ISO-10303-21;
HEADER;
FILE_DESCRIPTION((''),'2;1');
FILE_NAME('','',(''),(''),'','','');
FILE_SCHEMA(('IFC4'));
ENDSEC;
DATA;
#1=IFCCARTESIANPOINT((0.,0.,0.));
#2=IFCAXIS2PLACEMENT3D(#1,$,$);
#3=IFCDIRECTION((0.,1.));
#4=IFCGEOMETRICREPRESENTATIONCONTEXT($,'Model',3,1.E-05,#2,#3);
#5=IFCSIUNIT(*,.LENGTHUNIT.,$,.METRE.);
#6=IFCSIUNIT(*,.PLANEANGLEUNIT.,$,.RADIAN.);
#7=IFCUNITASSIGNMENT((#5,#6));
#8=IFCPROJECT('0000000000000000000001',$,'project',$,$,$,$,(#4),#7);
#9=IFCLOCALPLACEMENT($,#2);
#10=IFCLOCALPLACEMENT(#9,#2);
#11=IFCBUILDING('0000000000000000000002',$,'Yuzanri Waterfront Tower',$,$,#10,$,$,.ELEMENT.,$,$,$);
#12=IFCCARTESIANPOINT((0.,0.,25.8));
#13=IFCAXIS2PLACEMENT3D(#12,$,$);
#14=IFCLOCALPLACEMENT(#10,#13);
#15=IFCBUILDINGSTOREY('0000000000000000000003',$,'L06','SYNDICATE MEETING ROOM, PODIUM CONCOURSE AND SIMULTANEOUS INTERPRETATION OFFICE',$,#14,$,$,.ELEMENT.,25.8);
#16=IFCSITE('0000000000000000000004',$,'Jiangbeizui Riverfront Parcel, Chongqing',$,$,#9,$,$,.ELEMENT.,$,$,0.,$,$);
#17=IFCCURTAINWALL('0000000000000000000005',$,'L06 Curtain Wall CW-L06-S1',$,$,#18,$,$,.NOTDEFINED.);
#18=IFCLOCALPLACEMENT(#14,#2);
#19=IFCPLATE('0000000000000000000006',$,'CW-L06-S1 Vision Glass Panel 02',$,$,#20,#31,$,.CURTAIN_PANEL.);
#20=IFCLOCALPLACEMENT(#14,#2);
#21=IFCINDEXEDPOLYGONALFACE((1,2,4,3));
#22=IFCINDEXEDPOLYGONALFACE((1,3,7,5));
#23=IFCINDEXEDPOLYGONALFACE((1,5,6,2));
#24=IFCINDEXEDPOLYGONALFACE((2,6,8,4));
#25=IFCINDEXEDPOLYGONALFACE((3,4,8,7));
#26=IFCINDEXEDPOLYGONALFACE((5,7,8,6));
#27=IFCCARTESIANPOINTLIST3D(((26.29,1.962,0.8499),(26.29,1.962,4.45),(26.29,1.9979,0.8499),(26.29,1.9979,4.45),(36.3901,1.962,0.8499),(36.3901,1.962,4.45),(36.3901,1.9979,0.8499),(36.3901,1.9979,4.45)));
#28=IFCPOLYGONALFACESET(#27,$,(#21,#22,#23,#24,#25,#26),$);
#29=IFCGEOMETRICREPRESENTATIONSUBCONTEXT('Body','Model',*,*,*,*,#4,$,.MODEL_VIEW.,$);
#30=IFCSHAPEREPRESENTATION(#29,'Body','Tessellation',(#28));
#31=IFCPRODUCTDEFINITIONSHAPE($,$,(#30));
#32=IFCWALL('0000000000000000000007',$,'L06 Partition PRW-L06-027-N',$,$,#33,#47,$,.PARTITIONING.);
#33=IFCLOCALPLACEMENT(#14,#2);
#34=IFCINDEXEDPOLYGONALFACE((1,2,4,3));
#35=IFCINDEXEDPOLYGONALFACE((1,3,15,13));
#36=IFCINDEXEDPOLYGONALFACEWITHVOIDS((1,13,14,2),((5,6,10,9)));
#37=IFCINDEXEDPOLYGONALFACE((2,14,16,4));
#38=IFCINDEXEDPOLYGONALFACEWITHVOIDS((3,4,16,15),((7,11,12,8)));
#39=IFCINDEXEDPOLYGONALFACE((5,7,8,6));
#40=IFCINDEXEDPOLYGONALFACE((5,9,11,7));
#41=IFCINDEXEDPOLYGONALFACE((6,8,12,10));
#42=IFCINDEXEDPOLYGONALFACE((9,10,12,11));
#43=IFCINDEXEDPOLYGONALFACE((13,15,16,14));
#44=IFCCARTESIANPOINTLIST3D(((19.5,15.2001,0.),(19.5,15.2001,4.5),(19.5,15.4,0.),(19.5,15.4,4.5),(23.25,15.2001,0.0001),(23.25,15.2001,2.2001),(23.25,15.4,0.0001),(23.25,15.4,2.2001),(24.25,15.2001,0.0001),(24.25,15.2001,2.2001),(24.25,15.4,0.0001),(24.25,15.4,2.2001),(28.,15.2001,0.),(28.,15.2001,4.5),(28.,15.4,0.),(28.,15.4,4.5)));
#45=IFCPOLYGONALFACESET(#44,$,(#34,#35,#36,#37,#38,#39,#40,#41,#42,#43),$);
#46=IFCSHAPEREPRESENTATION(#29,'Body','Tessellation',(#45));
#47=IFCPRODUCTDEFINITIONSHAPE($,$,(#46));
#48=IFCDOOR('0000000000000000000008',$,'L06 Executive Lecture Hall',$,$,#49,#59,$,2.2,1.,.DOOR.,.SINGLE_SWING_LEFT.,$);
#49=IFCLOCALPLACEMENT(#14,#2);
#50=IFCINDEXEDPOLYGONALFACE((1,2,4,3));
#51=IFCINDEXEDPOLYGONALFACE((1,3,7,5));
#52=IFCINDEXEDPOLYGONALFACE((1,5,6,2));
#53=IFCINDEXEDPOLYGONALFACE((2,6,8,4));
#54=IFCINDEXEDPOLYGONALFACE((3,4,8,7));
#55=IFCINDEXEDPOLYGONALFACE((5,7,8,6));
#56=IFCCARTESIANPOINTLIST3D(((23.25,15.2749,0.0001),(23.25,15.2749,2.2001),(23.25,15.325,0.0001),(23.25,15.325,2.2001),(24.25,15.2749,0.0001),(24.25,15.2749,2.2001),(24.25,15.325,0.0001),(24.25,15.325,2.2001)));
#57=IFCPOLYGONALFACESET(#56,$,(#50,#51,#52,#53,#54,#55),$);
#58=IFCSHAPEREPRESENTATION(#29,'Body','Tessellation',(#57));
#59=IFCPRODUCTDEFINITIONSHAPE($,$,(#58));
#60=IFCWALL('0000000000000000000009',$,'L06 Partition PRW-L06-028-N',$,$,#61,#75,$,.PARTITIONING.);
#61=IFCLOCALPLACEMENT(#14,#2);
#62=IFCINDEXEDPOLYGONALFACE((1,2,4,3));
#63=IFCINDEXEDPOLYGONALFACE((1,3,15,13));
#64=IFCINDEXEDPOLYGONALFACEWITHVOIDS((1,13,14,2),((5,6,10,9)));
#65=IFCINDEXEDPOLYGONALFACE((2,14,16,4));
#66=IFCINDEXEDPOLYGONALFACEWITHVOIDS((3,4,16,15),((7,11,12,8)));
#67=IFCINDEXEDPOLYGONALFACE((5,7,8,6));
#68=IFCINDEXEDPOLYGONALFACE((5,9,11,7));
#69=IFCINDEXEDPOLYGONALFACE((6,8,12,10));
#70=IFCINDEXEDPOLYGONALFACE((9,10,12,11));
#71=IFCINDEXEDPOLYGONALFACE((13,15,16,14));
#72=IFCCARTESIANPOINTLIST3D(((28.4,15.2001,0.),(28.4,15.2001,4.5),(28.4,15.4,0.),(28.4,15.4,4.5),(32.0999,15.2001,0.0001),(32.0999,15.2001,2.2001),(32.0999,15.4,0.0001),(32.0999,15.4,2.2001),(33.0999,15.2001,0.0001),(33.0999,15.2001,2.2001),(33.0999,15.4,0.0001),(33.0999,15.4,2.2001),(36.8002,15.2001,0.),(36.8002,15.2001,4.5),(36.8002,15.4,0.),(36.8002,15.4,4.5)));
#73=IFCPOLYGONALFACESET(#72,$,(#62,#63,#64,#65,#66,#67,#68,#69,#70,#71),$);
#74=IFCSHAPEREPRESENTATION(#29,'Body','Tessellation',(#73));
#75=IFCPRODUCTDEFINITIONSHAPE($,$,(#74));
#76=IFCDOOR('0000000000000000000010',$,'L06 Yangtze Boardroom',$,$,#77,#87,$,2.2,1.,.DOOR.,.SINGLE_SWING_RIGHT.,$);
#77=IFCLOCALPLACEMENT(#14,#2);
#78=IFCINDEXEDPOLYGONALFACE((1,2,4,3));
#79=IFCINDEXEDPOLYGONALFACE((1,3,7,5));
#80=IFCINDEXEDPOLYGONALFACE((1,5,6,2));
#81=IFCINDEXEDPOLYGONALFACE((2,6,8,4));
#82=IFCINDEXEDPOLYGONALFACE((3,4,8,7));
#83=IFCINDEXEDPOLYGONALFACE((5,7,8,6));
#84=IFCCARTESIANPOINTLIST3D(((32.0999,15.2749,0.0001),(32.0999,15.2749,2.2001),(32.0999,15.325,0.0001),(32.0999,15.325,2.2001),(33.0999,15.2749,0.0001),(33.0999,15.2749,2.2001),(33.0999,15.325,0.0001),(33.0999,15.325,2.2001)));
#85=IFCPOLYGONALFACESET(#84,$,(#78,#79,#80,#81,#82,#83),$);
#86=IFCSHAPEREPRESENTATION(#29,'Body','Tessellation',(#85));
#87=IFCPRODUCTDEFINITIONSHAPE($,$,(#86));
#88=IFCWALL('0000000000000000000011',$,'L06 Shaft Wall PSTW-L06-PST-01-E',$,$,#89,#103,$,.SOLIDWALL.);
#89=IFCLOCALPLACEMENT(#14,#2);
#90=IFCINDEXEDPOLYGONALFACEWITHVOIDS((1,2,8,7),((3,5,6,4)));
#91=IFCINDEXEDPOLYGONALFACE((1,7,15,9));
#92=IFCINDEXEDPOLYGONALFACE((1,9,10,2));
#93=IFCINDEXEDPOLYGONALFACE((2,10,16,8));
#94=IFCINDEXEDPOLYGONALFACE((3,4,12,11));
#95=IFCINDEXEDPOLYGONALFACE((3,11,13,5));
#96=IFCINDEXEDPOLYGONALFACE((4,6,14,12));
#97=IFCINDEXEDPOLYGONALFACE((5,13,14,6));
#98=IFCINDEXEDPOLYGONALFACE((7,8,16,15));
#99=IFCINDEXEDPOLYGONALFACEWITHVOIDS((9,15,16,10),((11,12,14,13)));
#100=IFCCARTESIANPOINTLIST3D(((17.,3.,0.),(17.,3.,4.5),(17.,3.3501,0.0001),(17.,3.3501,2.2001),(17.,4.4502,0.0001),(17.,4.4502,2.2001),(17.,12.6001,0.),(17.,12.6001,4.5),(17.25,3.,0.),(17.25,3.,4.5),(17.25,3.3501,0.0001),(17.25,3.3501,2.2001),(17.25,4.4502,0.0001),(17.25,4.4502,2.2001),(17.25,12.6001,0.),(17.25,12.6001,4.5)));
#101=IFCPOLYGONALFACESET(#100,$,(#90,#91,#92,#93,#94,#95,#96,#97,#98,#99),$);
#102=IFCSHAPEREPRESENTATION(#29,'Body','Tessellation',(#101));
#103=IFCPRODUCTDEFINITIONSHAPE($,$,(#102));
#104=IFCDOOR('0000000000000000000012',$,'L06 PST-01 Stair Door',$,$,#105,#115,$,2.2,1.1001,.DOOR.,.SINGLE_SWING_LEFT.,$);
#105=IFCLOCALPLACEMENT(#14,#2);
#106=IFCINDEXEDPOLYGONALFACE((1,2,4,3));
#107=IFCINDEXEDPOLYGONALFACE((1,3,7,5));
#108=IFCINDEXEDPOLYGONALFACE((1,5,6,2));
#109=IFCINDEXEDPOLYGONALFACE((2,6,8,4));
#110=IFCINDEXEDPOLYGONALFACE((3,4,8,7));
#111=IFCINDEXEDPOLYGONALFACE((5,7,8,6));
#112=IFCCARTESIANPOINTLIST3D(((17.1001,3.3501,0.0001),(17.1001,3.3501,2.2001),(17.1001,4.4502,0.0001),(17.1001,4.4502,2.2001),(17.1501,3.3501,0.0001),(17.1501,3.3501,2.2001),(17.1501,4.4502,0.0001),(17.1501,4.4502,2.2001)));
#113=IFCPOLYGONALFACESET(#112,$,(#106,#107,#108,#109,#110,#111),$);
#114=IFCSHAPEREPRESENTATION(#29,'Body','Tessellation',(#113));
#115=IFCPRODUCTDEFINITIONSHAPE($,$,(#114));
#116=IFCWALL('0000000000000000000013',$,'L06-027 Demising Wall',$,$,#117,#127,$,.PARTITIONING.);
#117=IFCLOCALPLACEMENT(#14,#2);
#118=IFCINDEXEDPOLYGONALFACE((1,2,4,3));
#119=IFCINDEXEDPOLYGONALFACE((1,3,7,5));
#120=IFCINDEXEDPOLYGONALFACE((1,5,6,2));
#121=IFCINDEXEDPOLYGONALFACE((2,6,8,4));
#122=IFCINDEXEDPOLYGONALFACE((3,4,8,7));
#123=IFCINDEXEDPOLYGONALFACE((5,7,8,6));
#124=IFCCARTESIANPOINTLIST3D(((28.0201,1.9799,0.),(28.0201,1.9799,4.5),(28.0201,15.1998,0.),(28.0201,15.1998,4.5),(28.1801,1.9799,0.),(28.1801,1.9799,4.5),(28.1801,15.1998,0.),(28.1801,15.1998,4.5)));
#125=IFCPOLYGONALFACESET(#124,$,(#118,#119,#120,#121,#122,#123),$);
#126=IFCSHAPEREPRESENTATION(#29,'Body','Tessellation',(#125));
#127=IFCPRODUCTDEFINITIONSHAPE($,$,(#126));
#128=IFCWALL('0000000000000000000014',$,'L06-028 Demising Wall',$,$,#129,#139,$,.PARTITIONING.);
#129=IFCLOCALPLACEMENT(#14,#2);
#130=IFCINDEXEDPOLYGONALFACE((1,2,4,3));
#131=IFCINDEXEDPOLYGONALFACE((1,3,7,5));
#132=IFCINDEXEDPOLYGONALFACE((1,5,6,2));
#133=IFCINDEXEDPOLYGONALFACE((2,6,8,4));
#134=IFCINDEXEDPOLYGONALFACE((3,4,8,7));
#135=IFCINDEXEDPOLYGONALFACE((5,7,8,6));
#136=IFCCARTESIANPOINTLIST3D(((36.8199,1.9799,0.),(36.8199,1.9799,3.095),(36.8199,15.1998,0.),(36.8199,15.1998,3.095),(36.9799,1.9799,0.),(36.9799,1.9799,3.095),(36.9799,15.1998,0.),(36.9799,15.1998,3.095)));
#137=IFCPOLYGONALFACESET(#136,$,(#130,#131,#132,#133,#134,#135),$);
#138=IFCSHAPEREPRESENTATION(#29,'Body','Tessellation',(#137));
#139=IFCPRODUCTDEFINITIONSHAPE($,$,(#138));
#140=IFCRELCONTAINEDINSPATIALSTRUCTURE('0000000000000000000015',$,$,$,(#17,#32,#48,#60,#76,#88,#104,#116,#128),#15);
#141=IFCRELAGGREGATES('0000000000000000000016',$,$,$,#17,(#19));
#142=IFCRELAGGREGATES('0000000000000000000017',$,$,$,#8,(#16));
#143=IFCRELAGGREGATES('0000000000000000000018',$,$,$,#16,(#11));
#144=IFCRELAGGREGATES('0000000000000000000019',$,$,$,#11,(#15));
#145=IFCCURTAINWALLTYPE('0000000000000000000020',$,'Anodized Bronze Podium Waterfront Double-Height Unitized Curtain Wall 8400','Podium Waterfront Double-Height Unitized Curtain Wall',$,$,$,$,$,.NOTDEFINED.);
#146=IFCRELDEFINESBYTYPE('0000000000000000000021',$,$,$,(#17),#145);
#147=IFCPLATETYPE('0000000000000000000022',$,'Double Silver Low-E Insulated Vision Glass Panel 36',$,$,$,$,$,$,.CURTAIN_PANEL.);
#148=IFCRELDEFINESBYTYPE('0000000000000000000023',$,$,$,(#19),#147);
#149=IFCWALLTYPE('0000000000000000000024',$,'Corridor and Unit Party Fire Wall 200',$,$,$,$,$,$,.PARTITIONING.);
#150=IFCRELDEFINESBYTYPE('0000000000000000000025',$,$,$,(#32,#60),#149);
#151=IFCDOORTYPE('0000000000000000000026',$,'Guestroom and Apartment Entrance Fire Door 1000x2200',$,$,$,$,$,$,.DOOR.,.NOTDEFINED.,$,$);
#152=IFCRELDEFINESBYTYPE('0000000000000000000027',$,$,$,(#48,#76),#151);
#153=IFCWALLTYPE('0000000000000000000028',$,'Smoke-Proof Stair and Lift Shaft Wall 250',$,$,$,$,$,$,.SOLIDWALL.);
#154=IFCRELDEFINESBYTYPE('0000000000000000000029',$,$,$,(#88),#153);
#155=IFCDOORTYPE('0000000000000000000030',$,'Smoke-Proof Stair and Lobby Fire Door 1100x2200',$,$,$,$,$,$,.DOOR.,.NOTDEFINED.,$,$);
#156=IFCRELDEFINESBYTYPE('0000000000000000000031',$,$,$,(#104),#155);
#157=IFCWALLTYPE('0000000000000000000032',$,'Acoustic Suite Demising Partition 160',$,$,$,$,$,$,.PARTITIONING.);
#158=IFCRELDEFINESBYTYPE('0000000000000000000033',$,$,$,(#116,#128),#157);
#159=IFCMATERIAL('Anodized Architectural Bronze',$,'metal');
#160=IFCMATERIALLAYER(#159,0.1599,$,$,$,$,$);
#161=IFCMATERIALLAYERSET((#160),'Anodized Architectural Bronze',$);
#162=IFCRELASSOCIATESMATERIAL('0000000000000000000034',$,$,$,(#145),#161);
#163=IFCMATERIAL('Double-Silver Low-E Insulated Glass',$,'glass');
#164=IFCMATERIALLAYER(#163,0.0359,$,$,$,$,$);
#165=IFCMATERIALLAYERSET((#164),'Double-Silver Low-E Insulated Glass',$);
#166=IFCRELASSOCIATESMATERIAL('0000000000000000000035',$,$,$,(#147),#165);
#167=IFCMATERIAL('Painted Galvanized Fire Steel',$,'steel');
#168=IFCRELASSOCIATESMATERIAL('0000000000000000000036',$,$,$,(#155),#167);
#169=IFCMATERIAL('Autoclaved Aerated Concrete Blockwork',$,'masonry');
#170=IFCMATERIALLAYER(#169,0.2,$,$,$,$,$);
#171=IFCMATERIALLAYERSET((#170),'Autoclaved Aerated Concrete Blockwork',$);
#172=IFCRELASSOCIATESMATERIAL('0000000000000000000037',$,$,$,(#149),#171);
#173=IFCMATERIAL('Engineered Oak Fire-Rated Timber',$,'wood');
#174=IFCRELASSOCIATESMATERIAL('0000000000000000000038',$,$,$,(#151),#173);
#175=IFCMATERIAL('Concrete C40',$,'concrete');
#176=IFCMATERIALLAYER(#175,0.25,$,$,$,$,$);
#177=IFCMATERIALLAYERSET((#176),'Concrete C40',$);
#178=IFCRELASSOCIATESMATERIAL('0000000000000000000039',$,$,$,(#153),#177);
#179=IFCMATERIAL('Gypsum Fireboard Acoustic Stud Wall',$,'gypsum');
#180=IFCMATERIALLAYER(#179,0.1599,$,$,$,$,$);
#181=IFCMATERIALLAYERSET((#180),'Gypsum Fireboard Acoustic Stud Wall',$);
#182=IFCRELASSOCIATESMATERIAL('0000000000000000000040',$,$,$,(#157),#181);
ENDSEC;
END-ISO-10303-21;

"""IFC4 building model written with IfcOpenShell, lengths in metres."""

from ifc_helpers import new_model, si_unit, direction, frame, frame_2d, origin, origin_2d, place, context, subcontext, project, spatial, rectangle, extrude, source, transform, mapped, material, layer, layer_set, type_object, element, fill, aggregate, save


model = new_model("IFC4")

# Units and contexts
model_context = context("Model", 3, precision=1e-05, world=origin(), true_north=direction((0.0, 1.0)))
body_context = subcontext(model_context, "Body", "Model", "MODEL_VIEW")
ifc_project = project(units=[si_unit("LENGTHUNIT", "METRE"), si_unit("PLANEANGLEUNIT", "RADIAN")], contexts=[model_context])

# Site, building, storey
site_placement = place(None, origin())
site = spatial("IfcSite", under=ifc_project, at=site_placement, Name="Jiangbeizui Riverfront Parcel, Chongqing", CompositionType="ELEMENT", RefElevation=0.0)
building_placement = place(site_placement, origin())
building = spatial("IfcBuilding", under=site, at=building_placement, Name="Yuzanri Waterfront Tower", CompositionType="ELEMENT")
storey_placement = place(building_placement, frame((0.0, 0.0, 25.8)))
storey = spatial("IfcBuildingStorey", under=building, at=storey_placement, Name="L06", Description="SYNDICATE MEETING ROOM, PODIUM CONCOURSE AND SIMULTANEOUS INTERPRETATION OFFICE", CompositionType="ELEMENT", Elevation=25.8)

# Curtain wall, plate
ifc_material_1 = material(Name="Anodized Architectural Bronze", Category="metal")
ifc_layer_1 = layer(ifc_material_1, 0.1599)
ifc_layer_set_1 = layer_set([ifc_layer_1], Name="Anodized Architectural Bronze")
curtain_wall_type = type_object("IfcCurtainWallType", Name="Anodized Bronze Podium Waterfront Double-Height Unitized Curtain Wall 8400", Description="Podium Waterfront Double-Height Unitized Curtain Wall", PredefinedType="NOTDEFINED", material=ifc_layer_set_1)
curtain_wall_placement = place(storey_placement, origin())
curtain_wall = element("IfcCurtainWall", 1, at=curtain_wall_placement, inside=storey, type_object=curtain_wall_type, Name="L06 Curtain Wall CW-L06-S1", PredefinedType="NOTDEFINED")
ifc_material_2 = material(Name="Double-Silver Low-E Insulated Glass", Category="glass")
ifc_layer_2 = layer(ifc_material_2, 0.0359)
ifc_layer_set_2 = layer_set([ifc_layer_2], Name="Double-Silver Low-E Insulated Glass")
plate_type_1 = type_object("IfcPlateType", Name="Double Silver Low-E Insulated Vision Glass Panel 36", PredefinedType="CURTAIN_PANEL", material=ifc_layer_set_2)
shared_shape_1 = source(origin(), body_context, "Body", "SweptSolid", [
    extrude(rectangle(XDim=10.1001, YDim=0.0359, at=origin_2d()), origin(), (0.0, 0.0, 1.0), 3.6001),
])
plate_1_placement = place(storey_placement, frame((31.3401, 1.98, 0.8499), z_axis=(0.0, 0.0, 1.0), x_axis=(1.0, 0.0, 0.0)))
plate_1 = element("IfcPlate", 2, at=plate_1_placement, type_object=plate_type_1, Name="CW-L06-S1 Vision Glass Panel 02", PredefinedType="CURTAIN_PANEL", context=body_context, shape_type="MappedRepresentation", body=[
    mapped(shared_shape_1, transform((0.0, 0.0, 0.0), scale=1.0)),
])
aggregate(curtain_wall, [plate_1])

# Shared definitions
ifc_material_3 = material(Name="Painted Galvanized Fire Steel", Category="steel")
door_type_1 = type_object("IfcDoorType", Name="Smoke-Proof Stair and Lobby Fire Door 1100x2200", OperationType="NOTDEFINED", PredefinedType="DOOR", material=ifc_material_3)
shared_shape_2 = source(origin(), body_context, "Body", "SweptSolid", [
    extrude(rectangle(XDim=1.1001, YDim=2.2, at=frame_2d((0.55, 1.1001))), frame((0.0, 0.0249, 0.0), z_axis=(0.0, -1.0, 0.0), x_axis=(1.0, 0.0, 0.0)), (0.0, 0.0, 1.0), 0.05),
])

# Walls, openings, doors
ifc_material_4 = material(Name="Autoclaved Aerated Concrete Blockwork", Category="masonry")
ifc_layer_3 = layer(ifc_material_4, 0.2)
ifc_layer_set_3 = layer_set([ifc_layer_3], Name="Autoclaved Aerated Concrete Blockwork")
wall_type_1 = type_object("IfcWallType", Name="Corridor and Unit Party Fire Wall 200", PredefinedType="PARTITIONING", material=ifc_layer_set_3)
wall_1_placement = place(storey_placement, frame((19.5, 15.3, 0.0), z_axis=(0.0, 0.0, 1.0), x_axis=(1.0, 0.0, 0.0)))
wall_1 = element("IfcWall", 3, at=wall_1_placement, inside=storey, type_object=wall_type_1, Name="L06 Partition PRW-L06-027-N", PredefinedType="PARTITIONING", context=body_context, shape_type="SweptSolid", body=[
    extrude(rectangle(XDim=8.5, YDim=0.2, at=frame_2d((4.25, 0.0))), origin(), (0.0, 0.0, 1.0), 4.5),
])
opening_1_placement = place(wall_1_placement, frame((3.75, 0.0, 0.0)))
opening_1 = element("IfcOpeningElement", 4, at=opening_1_placement, cuts=wall_1, PredefinedType="OPENING", context=body_context, shape_type="SweptSolid", body=[
    extrude(rectangle(XDim=1.0, YDim=2.2, at=frame_2d((0.5, 1.1001))), frame((0.0, 0.1147, 0.0), z_axis=(0.0, -1.0, 0.0), x_axis=(1.0, 0.0, 0.0)), (0.0, 0.0, 1.0), 0.2297),
])
ifc_material_5 = material(Name="Engineered Oak Fire-Rated Timber", Category="wood")
door_type_2 = type_object("IfcDoorType", Name="Guestroom and Apartment Entrance Fire Door 1000x2200", OperationType="NOTDEFINED", PredefinedType="DOOR", material=ifc_material_5)
shared_shape_3 = source(origin(), body_context, "Body", "SweptSolid", [
    extrude(rectangle(XDim=1.0, YDim=2.2, at=frame_2d((0.5, 1.1001))), frame((0.0, 0.0249, 0.0), z_axis=(0.0, -1.0, 0.0), x_axis=(1.0, 0.0, 0.0)), (0.0, 0.0, 1.0), 0.05),
])
door_1_placement = place(opening_1_placement, origin())
door_1 = element("IfcDoor", 5, at=door_1_placement, inside=storey, type_object=door_type_2, Name="L06 Executive Lecture Hall", OperationType="SINGLE_SWING_LEFT", OverallHeight=2.2, OverallWidth=1.0, PredefinedType="DOOR", context=body_context, shape_type="MappedRepresentation", body=[
    mapped(shared_shape_3, transform((0.0, 0.0, 0.0), scale=1.0)),
])
fill(opening_1, door_1)
wall_2_placement = place(storey_placement, frame((28.3999, 15.3, 0.0), z_axis=(0.0, 0.0, 1.0), x_axis=(1.0, 0.0, 0.0)))
wall_2 = element("IfcWall", 6, at=wall_2_placement, inside=storey, type_object=wall_type_1, Name="L06 Partition PRW-L06-028-N", PredefinedType="PARTITIONING", context=body_context, shape_type="SweptSolid", body=[
    extrude(rectangle(XDim=8.4001, YDim=0.2, at=frame_2d((4.2002, 0.0))), origin(), (0.0, 0.0, 1.0), 4.5),
])
opening_2_placement = place(wall_2_placement, frame((3.7, 0.0, 0.0)))
opening_2 = element("IfcOpeningElement", 7, at=opening_2_placement, cuts=wall_2, PredefinedType="OPENING", context=body_context, shape_type="SweptSolid", body=[
    extrude(rectangle(XDim=1.0, YDim=2.2, at=frame_2d((0.5, 1.1001))), frame((0.0, 0.1147, 0.0), z_axis=(0.0, -1.0, 0.0), x_axis=(1.0, 0.0, 0.0)), (0.0, 0.0, 1.0), 0.2297),
])
door_2_placement = place(opening_2_placement, origin())
door_2 = element("IfcDoor", 8, at=door_2_placement, inside=storey, type_object=door_type_2, Name="L06 Yangtze Boardroom", OperationType="SINGLE_SWING_RIGHT", OverallHeight=2.2, OverallWidth=1.0, PredefinedType="DOOR", context=body_context, shape_type="MappedRepresentation", body=[
    mapped(shared_shape_3, transform((0.0, 0.0, 0.0), scale=1.0)),
])
fill(opening_2, door_2)
ifc_material_6 = material(Name="Concrete C40", Category="concrete")
ifc_layer_4 = layer(ifc_material_6, 0.25)
ifc_layer_set_4 = layer_set([ifc_layer_4], Name="Concrete C40")
wall_type_2 = type_object("IfcWallType", Name="Smoke-Proof Stair and Lift Shaft Wall 250", PredefinedType="SOLIDWALL", material=ifc_layer_set_4)
wall_3_placement = place(storey_placement, frame((17.125, 3.0, 0.0), z_axis=(0.0, 0.0, 1.0), x_axis=(0.0, 1.0, 0.0)))
wall_3 = element("IfcWall", 9, at=wall_3_placement, inside=storey, type_object=wall_type_2, Name="L06 Shaft Wall PSTW-L06-PST-01-E", PredefinedType="SOLIDWALL", context=body_context, shape_type="SweptSolid", body=[
    extrude(rectangle(XDim=9.6001, YDim=0.25, at=frame_2d((4.8, 0.0))), origin(), (0.0, 0.0, 1.0), 4.5),
])
opening_3_placement = place(wall_3_placement, frame((0.3501, 0.0, 0.0)))
opening_3 = element("IfcOpeningElement", 10, at=opening_3_placement, cuts=wall_3, PredefinedType="OPENING", context=body_context, shape_type="SweptSolid", body=[
    extrude(rectangle(XDim=1.1001, YDim=2.2, at=frame_2d((0.55, 1.1001))), frame((0.0, 0.1399, 0.0), z_axis=(0.0, -1.0, 0.0), x_axis=(1.0, 0.0, 0.0)), (0.0, 0.0, 1.0), 0.2798),
])
door_3_placement = place(opening_3_placement, origin())
door_3 = element("IfcDoor", 11, at=door_3_placement, inside=storey, type_object=door_type_1, Name="L06 PST-01 Stair Door", OperationType="SINGLE_SWING_LEFT", OverallHeight=2.2, OverallWidth=1.1001, PredefinedType="DOOR", context=body_context, shape_type="MappedRepresentation", body=[
    mapped(shared_shape_2, transform((0.0, 0.0, 0.0), scale=1.0)),
])
fill(opening_3, door_3)

# Walls
ifc_material_7 = material(Name="Gypsum Fireboard Acoustic Stud Wall", Category="gypsum")
ifc_layer_5 = layer(ifc_material_7, 0.1599)
ifc_layer_set_5 = layer_set([ifc_layer_5], Name="Gypsum Fireboard Acoustic Stud Wall")
wall_type_3 = type_object("IfcWallType", Name="Acoustic Suite Demising Partition 160", PredefinedType="PARTITIONING", material=ifc_layer_set_5)
shared_shape_4 = source(origin(), body_context, "Body", "SweptSolid", [
    extrude(rectangle(XDim=13.22, YDim=0.1599, at=frame_2d((6.6099, 0.0))), origin(), (0.0, 0.0, 1.0), 4.5),
])
wall_4_placement = place(storey_placement, frame((28.1001, 1.98, 0.0), z_axis=(0.0, 0.0, 1.0), x_axis=(0.0, 1.0, 0.0)))
element("IfcWall", 12, at=wall_4_placement, inside=storey, type_object=wall_type_3, Name="L06-027 Demising Wall", PredefinedType="PARTITIONING", context=body_context, shape_type="MappedRepresentation", body=[
    mapped(shared_shape_4, transform((0.0, 0.0, 0.0), scale=1.0)),
])
shared_shape_5 = source(origin(), body_context, "Body", "SweptSolid", [
    extrude(rectangle(XDim=13.22, YDim=0.1599, at=frame_2d((6.6099, 0.0))), origin(), (0.0, 0.0, 1.0), 3.095),
])
wall_5_placement = place(storey_placement, frame((36.8999, 1.98, 0.0), z_axis=(0.0, 0.0, 1.0), x_axis=(0.0, 1.0, 0.0)))
element("IfcWall", 13, at=wall_5_placement, inside=storey, type_object=wall_type_3, Name="L06-028 Demising Wall", PredefinedType="PARTITIONING", context=body_context, shape_type="MappedRepresentation", body=[
    mapped(shared_shape_5, transform((0.0, 0.0, 0.0), scale=1.0)),
])

save(model, "model.ifc")
